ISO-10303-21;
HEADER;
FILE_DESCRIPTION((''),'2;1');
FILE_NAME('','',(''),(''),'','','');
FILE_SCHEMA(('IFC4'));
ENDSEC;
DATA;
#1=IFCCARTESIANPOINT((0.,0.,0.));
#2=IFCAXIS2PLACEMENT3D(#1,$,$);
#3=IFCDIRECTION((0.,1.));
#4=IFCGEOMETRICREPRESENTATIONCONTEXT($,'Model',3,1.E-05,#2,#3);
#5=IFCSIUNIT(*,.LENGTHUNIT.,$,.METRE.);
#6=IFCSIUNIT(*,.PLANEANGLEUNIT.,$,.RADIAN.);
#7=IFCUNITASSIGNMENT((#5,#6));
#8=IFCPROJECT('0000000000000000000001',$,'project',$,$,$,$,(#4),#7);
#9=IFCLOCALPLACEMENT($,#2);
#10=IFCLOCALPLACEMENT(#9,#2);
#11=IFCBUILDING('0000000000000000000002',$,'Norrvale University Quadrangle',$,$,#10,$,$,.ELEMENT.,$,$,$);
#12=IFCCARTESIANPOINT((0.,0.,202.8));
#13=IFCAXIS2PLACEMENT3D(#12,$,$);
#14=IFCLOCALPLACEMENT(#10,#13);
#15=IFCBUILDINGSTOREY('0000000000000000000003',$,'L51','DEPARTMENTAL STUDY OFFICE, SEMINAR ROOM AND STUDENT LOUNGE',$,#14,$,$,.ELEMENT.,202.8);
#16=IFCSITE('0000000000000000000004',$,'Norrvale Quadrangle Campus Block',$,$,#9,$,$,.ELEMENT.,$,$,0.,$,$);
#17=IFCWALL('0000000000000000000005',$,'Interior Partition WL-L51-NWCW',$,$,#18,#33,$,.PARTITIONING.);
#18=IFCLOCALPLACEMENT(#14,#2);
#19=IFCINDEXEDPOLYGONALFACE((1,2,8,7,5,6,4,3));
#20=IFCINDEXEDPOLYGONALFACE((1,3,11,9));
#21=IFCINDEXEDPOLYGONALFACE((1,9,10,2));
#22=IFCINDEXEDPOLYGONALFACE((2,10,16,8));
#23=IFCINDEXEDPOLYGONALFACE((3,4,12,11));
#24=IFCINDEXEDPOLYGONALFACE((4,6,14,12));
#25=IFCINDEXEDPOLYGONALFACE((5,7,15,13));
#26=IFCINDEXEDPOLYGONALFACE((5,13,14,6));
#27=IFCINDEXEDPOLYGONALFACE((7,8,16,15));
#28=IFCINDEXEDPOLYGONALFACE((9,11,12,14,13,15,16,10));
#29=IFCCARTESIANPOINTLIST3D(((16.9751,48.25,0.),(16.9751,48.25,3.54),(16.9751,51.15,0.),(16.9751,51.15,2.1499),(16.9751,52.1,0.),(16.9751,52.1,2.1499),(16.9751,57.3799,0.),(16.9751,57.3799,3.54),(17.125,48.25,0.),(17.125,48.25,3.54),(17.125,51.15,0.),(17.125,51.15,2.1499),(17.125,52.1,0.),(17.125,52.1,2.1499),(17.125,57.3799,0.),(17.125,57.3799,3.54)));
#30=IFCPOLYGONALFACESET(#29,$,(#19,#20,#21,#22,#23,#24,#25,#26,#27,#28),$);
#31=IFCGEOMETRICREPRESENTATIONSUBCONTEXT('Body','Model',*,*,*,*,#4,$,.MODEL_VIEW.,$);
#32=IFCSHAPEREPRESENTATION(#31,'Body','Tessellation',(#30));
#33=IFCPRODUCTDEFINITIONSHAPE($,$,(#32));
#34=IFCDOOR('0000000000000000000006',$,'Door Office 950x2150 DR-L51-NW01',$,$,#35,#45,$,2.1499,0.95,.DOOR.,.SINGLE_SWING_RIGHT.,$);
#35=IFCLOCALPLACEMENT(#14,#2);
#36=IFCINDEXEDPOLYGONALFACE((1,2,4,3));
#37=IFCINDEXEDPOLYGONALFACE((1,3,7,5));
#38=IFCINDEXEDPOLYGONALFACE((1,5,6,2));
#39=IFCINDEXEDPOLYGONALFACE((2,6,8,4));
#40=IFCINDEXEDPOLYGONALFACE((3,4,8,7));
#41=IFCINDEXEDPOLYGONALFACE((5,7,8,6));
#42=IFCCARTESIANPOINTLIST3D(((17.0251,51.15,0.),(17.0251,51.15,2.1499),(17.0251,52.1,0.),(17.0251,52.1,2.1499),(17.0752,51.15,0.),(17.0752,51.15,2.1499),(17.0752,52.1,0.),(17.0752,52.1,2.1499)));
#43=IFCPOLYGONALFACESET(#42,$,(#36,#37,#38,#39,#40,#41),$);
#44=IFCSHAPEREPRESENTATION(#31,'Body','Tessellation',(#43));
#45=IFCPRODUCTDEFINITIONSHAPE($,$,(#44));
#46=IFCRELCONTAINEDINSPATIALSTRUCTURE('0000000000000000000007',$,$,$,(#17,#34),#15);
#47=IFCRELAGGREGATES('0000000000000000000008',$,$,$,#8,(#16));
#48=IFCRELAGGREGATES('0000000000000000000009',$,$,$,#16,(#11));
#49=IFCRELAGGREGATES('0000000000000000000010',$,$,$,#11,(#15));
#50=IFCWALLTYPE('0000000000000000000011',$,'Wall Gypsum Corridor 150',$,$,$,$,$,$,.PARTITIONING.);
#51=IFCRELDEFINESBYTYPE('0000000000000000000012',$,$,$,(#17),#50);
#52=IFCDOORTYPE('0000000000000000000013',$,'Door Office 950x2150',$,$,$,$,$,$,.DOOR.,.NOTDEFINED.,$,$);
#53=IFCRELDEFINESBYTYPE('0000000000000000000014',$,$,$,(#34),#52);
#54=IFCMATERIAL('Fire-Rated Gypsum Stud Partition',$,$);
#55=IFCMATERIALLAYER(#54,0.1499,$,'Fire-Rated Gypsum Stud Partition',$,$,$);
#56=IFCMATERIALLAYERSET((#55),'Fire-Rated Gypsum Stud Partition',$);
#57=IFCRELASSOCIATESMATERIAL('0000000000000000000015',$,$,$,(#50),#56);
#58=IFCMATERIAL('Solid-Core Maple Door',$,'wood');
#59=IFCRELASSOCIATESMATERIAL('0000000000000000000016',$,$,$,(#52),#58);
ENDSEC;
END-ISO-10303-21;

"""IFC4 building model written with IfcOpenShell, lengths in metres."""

from ifc_helpers import new_model, si_unit, direction, frame, frame_2d, origin, place, context, subcontext, project, spatial, rectangle, extrude, material, layer, layer_set, type_object, element, fill, save


model = new_model("IFC4")

# Units and contexts
model_context = context("Model", 3, precision=1e-05, world=origin(), true_north=direction((0.0, 1.0)))
body_context = subcontext(model_context, "Body", "Model", "MODEL_VIEW")
ifc_project = project(units=[si_unit("LENGTHUNIT", "METRE"), si_unit("PLANEANGLEUNIT", "RADIAN")], contexts=[model_context])

# Site, building, storey
site_placement = place(None, origin())
site = spatial("IfcSite", under=ifc_project, at=site_placement, Name="Norrvale Quadrangle Campus Block", CompositionType="ELEMENT", RefElevation=0.0)
building_placement = place(site_placement, origin())
building = spatial("IfcBuilding", under=site, at=building_placement, Name="Norrvale University Quadrangle", CompositionType="ELEMENT")
storey_placement = place(building_placement, frame((0.0, 0.0, 202.8)))
storey = spatial("IfcBuildingStorey", under=building, at=storey_placement, Name="L51", Description="DEPARTMENTAL STUDY OFFICE, SEMINAR ROOM AND STUDENT LOUNGE", CompositionType="ELEMENT", Elevation=202.8)

# Shared definitions
ifc_material_1 = material(Name="Fire-Rated Gypsum Stud Partition")
ifc_layer_1 = layer(ifc_material_1, 0.1499, Name="Fire-Rated Gypsum Stud Partition")
ifc_layer_set_1 = layer_set([ifc_layer_1], Name="Fire-Rated Gypsum Stud Partition")
wall_type_1 = type_object("IfcWallType", Name="Wall Gypsum Corridor 150", PredefinedType="PARTITIONING", material=ifc_layer_set_1)

# Shared definitions
ifc_material_2 = material(Name="Solid-Core Maple Door", Category="wood")
door_type = type_object("IfcDoorType", Name="Door Office 950x2150", OperationType="NOTDEFINED", PredefinedType="DOOR", material=ifc_material_2)

# Wall, opening, door
wall_1_placement = place(storey_placement, frame((17.05, 48.25, 0.0), z_axis=(0.0, 0.0, 1.0), x_axis=(0.0, 1.0, 0.0)))
wall_1 = element("IfcWall", 1, at=wall_1_placement, inside=storey, type_object=wall_type_1, Name="Interior Partition WL-L51-NWCW", PredefinedType="PARTITIONING", context=body_context, shape_type="SweptSolid", body=[
    extrude(rectangle(XDim=9.1299, YDim=0.1499, at=frame_2d((4.5649, 0.0))), origin(), (0.0, 0.0, 1.0), 3.54),
])
opening_1_placement = place(wall_1_placement, frame((2.8999, 0.0, 0.0)))
opening_1 = element("IfcOpeningElement", 2, at=opening_1_placement, cuts=wall_1, PredefinedType="OPENING", context=body_context, shape_type="SweptSolid", body=[
    extrude(rectangle(XDim=0.95, YDim=2.1499, at=frame_2d((0.4751, 1.075))), frame((0.0, 0.0869, 0.0), z_axis=(0.0, -1.0, 0.0), x_axis=(1.0, 0.0, 0.0)), (0.0, 0.0, 1.0), 0.1738),
])
door_1_placement = place(opening_1_placement, origin())
door_1 = element("IfcDoor", 3, at=door_1_placement, inside=storey, type_object=door_type, Name="Door Office 950x2150 DR-L51-NW01", OperationType="SINGLE_SWING_RIGHT", OverallHeight=2.1499, OverallWidth=0.95, PredefinedType="DOOR", context=body_context, shape_type="SweptSolid", body=[
    extrude(rectangle(XDim=0.95, YDim=2.1499, at=frame_2d((0.4751, 1.075))), frame((0.0, 0.0249, 0.0), z_axis=(0.0, -1.0, 0.0), x_axis=(1.0, 0.0, 0.0)), (0.0, 0.0, 1.0), 0.05),
])
fill(opening_1, door_1)

save(model, "model.ifc")
